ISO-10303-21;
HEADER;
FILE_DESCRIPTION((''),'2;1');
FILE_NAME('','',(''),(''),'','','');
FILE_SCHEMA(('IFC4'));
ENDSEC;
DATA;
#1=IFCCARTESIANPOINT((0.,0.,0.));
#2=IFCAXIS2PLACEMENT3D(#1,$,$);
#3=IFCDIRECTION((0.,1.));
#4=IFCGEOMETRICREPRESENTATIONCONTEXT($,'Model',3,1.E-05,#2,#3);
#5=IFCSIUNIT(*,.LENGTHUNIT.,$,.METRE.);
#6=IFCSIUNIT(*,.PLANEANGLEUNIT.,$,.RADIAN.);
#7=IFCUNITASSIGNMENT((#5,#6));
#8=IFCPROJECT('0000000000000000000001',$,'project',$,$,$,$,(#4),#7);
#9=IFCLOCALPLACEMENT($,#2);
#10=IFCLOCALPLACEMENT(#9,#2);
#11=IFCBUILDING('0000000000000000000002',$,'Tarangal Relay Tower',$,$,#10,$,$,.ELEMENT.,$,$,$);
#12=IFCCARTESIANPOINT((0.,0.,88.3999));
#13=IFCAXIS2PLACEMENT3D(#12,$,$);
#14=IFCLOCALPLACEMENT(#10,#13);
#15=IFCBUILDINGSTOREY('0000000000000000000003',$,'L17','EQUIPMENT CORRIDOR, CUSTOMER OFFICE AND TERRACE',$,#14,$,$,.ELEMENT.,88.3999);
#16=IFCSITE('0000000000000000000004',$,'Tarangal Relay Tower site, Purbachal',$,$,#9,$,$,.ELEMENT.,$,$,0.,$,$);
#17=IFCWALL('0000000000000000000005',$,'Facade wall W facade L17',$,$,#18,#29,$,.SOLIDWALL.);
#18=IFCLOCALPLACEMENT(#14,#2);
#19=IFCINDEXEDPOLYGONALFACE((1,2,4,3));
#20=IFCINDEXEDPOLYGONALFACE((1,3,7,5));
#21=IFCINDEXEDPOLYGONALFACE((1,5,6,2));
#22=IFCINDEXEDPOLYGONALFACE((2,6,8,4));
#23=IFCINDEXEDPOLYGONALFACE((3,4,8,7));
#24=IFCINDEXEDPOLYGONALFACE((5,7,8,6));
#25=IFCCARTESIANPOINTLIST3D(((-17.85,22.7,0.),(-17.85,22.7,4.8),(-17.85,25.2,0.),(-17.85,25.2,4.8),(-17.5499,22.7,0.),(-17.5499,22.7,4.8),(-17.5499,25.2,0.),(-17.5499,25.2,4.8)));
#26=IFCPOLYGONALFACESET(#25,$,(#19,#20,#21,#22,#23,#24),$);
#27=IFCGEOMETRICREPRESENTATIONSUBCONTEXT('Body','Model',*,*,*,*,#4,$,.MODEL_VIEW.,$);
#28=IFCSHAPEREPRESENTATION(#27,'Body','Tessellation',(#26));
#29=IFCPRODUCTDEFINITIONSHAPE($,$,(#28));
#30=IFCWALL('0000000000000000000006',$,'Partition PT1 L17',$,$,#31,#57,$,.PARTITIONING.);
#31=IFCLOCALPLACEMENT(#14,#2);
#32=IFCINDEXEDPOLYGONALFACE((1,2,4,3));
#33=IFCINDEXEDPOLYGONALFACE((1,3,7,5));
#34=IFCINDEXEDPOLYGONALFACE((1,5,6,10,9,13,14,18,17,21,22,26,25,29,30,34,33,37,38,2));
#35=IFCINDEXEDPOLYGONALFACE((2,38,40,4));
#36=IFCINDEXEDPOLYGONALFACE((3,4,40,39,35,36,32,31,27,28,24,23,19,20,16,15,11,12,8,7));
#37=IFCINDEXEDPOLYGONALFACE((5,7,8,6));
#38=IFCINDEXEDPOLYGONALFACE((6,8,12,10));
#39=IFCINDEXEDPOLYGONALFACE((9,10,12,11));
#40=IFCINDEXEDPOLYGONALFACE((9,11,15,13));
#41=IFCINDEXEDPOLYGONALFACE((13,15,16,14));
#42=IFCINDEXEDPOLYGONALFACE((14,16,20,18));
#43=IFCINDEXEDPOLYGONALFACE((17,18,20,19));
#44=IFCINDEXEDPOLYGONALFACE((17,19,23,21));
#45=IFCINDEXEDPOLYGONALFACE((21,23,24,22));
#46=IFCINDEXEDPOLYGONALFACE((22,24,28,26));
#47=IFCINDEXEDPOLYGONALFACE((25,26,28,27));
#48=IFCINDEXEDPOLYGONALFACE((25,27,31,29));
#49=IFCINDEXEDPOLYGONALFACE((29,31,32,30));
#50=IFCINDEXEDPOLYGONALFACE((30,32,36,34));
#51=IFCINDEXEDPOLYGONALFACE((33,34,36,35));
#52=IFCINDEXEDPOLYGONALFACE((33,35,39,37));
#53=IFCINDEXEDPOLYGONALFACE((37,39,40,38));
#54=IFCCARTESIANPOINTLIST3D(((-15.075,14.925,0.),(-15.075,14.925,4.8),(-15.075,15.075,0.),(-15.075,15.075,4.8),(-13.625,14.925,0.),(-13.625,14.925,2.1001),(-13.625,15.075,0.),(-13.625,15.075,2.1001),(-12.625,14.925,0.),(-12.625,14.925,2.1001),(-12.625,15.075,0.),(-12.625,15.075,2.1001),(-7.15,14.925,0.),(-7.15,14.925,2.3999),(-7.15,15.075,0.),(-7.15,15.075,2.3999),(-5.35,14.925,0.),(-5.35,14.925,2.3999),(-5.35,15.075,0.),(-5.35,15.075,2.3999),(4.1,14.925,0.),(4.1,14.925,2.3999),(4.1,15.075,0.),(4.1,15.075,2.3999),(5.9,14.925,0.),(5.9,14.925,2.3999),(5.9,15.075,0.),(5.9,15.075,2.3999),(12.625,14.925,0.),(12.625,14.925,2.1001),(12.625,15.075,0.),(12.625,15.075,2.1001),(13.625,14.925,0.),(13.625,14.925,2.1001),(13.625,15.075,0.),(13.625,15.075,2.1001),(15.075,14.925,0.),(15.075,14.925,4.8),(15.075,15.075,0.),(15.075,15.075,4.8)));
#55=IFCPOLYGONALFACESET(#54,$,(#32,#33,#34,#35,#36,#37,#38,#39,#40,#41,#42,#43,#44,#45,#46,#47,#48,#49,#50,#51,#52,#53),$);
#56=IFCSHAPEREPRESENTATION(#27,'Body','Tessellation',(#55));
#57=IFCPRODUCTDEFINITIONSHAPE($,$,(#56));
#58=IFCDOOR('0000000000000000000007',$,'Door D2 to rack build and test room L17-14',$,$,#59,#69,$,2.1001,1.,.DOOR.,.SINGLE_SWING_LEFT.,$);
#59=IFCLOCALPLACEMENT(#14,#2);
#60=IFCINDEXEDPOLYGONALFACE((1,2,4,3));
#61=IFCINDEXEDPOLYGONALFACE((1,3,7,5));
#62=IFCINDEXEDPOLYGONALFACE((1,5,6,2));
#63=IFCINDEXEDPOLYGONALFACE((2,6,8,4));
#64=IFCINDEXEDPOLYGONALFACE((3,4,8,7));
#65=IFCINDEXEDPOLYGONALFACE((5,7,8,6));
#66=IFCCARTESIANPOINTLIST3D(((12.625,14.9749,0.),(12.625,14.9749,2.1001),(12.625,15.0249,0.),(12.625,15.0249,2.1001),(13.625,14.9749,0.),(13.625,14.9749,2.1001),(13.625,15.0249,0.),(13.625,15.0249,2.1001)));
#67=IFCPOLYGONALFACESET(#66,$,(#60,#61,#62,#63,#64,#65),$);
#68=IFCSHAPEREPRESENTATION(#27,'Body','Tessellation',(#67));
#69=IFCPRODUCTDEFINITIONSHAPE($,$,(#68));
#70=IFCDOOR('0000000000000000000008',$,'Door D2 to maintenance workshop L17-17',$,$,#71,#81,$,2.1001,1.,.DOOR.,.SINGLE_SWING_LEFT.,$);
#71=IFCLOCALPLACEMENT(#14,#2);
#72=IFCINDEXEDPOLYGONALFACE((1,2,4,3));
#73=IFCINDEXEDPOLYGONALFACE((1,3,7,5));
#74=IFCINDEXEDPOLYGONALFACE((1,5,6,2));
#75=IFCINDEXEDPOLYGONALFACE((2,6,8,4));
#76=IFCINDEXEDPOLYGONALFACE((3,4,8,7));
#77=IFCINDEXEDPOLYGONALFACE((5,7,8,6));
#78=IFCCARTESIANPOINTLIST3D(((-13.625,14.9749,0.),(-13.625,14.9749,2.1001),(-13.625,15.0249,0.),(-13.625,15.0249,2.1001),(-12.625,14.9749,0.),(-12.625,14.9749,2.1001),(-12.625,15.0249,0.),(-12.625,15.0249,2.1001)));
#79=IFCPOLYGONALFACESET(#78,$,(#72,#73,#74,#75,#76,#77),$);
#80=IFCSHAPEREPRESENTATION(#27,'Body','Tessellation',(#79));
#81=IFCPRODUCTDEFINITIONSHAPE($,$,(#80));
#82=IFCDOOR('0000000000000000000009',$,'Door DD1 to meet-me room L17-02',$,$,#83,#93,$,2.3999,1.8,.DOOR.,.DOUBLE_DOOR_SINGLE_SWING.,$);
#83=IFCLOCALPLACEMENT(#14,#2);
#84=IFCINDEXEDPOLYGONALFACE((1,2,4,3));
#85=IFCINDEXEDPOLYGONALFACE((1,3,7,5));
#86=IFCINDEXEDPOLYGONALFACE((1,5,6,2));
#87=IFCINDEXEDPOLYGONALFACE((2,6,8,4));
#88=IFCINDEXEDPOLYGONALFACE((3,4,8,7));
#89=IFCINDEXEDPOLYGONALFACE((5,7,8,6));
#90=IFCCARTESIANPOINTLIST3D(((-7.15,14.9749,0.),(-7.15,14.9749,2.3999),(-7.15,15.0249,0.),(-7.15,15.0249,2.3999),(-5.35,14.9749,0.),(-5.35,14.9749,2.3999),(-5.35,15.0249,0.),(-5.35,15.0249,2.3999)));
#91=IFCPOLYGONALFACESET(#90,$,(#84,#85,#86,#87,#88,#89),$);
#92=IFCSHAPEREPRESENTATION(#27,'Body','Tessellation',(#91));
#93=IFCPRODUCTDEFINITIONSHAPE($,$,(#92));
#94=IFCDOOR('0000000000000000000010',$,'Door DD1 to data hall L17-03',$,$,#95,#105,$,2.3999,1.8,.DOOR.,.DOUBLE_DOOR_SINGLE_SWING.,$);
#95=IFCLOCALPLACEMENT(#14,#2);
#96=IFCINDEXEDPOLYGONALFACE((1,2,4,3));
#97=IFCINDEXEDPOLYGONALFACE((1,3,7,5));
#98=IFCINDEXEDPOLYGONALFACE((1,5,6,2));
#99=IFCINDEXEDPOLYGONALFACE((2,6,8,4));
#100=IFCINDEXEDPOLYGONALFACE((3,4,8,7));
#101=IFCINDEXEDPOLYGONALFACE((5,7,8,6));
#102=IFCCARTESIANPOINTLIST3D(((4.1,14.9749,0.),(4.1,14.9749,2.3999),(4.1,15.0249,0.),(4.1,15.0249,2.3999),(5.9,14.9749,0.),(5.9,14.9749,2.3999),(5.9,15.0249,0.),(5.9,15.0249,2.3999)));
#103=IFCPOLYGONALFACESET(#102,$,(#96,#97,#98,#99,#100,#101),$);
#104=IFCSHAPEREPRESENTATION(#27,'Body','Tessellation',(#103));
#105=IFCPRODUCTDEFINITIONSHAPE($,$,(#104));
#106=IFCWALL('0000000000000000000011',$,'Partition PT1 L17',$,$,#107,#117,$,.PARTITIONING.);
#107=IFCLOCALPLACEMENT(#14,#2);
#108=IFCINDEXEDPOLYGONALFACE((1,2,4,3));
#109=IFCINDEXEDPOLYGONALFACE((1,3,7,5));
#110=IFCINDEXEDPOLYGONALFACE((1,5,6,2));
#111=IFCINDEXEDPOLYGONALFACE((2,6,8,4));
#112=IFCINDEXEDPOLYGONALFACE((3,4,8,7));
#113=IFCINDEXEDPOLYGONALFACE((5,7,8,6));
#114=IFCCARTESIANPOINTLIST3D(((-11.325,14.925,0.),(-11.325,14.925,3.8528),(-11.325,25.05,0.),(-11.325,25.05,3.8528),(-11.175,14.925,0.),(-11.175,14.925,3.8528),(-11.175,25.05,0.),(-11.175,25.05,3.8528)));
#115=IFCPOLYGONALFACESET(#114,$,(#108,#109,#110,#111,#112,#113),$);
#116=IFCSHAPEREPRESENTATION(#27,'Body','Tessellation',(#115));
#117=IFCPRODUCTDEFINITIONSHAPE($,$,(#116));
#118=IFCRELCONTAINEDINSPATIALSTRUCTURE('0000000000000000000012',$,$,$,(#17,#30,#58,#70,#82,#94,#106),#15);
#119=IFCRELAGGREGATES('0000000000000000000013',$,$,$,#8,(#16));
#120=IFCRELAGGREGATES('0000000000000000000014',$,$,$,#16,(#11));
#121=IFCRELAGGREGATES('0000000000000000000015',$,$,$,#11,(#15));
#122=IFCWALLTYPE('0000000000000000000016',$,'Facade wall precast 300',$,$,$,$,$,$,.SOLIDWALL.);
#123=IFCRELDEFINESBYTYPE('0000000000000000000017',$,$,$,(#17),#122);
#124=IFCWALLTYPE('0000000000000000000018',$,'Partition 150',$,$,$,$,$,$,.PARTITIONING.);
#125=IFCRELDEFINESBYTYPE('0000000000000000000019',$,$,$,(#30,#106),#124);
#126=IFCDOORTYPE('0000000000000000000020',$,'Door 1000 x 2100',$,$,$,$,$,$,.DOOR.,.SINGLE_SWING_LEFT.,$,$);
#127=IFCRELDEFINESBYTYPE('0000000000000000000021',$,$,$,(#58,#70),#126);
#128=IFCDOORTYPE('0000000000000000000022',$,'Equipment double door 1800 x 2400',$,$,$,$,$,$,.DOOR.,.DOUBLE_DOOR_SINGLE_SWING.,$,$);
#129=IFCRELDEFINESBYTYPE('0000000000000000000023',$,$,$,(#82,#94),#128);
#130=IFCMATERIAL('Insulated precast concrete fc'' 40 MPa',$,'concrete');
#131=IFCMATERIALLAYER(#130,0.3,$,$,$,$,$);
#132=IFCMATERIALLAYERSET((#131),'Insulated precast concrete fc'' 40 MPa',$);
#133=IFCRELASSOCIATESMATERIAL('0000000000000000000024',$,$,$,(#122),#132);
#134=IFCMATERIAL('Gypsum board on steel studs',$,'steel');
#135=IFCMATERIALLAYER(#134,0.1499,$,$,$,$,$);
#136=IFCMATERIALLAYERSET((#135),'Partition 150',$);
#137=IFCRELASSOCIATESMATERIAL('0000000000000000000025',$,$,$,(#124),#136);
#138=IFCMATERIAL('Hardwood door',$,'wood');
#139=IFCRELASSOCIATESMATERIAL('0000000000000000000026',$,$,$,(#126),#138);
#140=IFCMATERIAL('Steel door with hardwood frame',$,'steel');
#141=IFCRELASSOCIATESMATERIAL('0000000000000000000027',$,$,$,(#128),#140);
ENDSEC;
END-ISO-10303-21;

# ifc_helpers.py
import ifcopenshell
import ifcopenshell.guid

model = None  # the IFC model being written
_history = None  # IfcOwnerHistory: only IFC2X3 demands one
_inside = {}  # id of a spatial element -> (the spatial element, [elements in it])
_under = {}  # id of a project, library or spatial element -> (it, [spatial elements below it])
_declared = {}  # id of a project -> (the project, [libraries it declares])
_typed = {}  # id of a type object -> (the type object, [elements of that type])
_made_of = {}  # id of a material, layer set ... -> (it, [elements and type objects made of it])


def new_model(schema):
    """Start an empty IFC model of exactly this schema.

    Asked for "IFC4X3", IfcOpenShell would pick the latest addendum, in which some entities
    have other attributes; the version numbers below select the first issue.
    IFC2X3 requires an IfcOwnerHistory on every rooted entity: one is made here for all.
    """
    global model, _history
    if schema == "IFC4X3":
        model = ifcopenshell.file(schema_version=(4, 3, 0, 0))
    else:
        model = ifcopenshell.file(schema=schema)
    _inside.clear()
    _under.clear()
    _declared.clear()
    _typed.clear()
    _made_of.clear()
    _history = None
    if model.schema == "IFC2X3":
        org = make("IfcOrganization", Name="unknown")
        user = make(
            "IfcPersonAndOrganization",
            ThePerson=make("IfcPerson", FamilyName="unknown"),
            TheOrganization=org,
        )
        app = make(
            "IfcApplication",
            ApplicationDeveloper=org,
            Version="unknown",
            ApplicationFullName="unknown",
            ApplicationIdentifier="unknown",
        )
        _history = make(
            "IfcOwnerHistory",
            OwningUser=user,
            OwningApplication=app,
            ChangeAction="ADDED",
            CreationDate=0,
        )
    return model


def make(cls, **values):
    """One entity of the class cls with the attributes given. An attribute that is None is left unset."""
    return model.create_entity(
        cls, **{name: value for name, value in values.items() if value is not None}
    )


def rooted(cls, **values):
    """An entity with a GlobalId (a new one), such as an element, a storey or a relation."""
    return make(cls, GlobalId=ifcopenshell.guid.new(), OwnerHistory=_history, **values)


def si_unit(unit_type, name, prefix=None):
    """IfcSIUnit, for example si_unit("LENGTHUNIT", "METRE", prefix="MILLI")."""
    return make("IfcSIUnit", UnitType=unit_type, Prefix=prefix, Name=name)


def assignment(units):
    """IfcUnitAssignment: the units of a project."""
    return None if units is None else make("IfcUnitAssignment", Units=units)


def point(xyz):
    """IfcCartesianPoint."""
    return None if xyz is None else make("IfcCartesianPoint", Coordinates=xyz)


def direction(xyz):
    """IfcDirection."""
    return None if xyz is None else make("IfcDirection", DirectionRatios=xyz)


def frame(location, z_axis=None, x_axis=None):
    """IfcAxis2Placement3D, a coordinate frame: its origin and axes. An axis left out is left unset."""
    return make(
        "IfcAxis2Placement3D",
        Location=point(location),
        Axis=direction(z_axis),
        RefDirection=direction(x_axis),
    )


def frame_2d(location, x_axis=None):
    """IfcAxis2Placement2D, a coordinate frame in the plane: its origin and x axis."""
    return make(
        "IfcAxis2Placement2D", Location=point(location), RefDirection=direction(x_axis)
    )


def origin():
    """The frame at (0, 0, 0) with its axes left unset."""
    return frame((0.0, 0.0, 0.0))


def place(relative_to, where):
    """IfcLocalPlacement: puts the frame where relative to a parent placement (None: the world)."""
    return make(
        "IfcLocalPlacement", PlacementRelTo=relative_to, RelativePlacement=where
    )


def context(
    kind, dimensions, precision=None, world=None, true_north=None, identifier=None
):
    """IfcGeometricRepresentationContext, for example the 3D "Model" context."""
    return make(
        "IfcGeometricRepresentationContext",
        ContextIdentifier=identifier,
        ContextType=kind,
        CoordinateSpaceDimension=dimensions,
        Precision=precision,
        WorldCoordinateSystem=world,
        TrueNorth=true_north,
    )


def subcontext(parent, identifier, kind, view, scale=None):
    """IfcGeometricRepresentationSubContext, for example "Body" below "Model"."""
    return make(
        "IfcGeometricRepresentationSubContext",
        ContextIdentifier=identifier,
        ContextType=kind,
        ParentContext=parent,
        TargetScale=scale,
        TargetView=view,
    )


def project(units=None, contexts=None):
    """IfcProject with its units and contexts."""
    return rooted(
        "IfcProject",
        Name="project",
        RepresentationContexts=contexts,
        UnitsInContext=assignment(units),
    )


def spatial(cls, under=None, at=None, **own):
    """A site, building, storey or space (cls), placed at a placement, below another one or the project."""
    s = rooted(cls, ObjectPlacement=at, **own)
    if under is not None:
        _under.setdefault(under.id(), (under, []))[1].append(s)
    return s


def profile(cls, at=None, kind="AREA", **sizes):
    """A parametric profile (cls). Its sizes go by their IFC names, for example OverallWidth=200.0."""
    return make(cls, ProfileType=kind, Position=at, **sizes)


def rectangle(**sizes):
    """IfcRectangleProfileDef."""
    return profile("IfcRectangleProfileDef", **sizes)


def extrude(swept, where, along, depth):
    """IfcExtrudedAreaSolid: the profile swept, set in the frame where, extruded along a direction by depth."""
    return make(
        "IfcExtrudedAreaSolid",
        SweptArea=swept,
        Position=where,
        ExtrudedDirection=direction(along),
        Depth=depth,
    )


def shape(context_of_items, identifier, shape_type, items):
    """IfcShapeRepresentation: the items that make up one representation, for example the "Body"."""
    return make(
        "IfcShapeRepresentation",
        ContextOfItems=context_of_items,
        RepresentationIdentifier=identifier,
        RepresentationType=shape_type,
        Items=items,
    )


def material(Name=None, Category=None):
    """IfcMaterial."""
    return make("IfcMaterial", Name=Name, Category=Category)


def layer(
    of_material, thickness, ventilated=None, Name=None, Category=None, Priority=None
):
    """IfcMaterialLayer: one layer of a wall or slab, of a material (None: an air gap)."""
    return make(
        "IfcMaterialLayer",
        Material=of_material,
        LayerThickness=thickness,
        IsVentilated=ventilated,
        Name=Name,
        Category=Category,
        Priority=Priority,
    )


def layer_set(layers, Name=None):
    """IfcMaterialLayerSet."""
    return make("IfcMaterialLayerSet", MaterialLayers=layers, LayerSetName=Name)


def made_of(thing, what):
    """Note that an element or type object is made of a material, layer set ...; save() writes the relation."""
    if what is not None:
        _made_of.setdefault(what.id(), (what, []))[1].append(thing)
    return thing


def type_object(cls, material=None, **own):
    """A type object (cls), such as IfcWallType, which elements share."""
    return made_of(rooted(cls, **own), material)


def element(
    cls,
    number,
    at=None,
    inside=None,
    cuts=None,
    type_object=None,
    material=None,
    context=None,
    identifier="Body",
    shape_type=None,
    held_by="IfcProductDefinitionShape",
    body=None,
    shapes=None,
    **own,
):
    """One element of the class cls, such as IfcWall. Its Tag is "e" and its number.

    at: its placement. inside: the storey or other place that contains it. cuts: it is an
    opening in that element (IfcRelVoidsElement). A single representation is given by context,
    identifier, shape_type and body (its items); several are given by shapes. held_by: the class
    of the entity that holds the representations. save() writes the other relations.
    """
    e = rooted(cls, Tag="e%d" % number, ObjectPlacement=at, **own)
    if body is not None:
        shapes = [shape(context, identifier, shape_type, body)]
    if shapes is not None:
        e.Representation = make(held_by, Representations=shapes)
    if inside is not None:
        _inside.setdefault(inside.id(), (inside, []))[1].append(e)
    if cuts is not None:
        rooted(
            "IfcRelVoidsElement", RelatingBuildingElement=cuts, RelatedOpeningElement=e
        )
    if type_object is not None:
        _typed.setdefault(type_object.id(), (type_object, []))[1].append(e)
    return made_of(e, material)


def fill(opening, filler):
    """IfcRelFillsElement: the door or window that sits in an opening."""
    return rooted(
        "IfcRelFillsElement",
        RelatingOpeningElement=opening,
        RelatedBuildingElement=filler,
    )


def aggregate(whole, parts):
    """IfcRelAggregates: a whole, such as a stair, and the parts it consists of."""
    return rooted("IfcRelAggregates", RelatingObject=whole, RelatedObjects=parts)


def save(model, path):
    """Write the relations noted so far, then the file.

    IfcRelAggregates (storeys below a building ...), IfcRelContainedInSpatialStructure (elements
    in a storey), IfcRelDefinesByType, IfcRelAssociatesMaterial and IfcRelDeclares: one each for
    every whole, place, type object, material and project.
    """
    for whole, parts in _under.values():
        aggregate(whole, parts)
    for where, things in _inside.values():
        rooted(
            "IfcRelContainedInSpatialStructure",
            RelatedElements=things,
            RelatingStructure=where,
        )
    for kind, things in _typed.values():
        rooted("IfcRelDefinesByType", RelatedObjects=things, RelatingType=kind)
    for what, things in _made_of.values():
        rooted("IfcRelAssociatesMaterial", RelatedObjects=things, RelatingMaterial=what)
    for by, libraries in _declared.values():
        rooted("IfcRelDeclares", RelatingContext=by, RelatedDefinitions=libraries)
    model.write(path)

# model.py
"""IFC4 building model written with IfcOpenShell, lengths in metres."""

from ifc_helpers import new_model, si_unit, direction, frame, frame_2d, origin, place, context, subcontext, project, spatial, rectangle, extrude, material, layer, layer_set, type_object, element, fill, save


model = new_model("IFC4")

# Units and contexts
model_context = context("Model", 3, precision=1e-05, world=origin(), true_north=direction((0.0, 1.0)))
body_context = subcontext(model_context, "Body", "Model", "MODEL_VIEW")
ifc_project = project(units=[si_unit("LENGTHUNIT", "METRE"), si_unit("PLANEANGLEUNIT", "RADIAN")], contexts=[model_context])

# Site, building, storey
site_placement = place(None, origin())
site = spatial("IfcSite", under=ifc_project, at=site_placement, Name="Tarangal Relay Tower site, Purbachal", CompositionType="ELEMENT", RefElevation=0.0)
building_placement = place(site_placement, origin())
building = spatial("IfcBuilding", under=site, at=building_placement, Name="Tarangal Relay Tower", CompositionType="ELEMENT")
storey_placement = place(building_placement, frame((0.0, 0.0, 88.3999)))
storey = spatial("IfcBuildingStorey", under=building, at=storey_placement, Name="L17", Description="EQUIPMENT CORRIDOR, CUSTOMER OFFICE AND TERRACE", CompositionType="ELEMENT", Elevation=88.3999)

# Shared definitions
ifc_material_1 = material(Name="Insulated precast concrete fc' 40 MPa", Category="concrete")
ifc_layer_1 = layer(ifc_material_1, 0.3)
ifc_layer_set_1 = layer_set([ifc_layer_1], Name="Insulated precast concrete fc' 40 MPa")
wall_type_1 = type_object("IfcWallType", Name="Facade wall precast 300", PredefinedType="SOLIDWALL", material=ifc_layer_set_1)

# Wall
for number, where, z_axis, x_axis, name in (
    (1, (-17.7, 22.7, 0.0), (0.0, 0.0, 1.0), (0.0, 1.0, 0.0), "Facade wall W facade L17"),
):
    element("IfcWall", number, at=place(storey_placement, frame(where, z_axis=z_axis, x_axis=x_axis)), inside=storey, type_object=wall_type_1, Name=name, PredefinedType="SOLIDWALL", context=body_context, shape_type="SweptSolid", body=[
        extrude(rectangle(XDim=2.5, YDim=0.3, at=frame_2d((1.25, 0.0))), origin(), (0.0, 0.0, 1.0), 4.8),
    ])

# Wall, openings, doors
ifc_material_2 = material(Name="Gypsum board on steel studs", Category="steel")
ifc_layer_2 = layer(ifc_material_2, 0.1499)
ifc_layer_set_2 = layer_set([ifc_layer_2], Name="Partition 150")
wall_type_2 = type_object("IfcWallType", Name="Partition 150", PredefinedType="PARTITIONING", material=ifc_layer_set_2)
wall_1_placement = place(storey_placement, frame((-15.075, 15.0, 0.0), z_axis=(0.0, 0.0, 1.0), x_axis=(1.0, 0.0, 0.0)))
wall_1 = element("IfcWall", 2, at=wall_1_placement, inside=storey, type_object=wall_type_2, Name="Partition PT1 L17", PredefinedType="PARTITIONING", context=body_context, shape_type="SweptSolid", body=[
    extrude(rectangle(XDim=30.1499, YDim=0.1499, at=frame_2d((15.075, 0.0))), origin(), (0.0, 0.0, 1.0), 4.8),
])
opening_1_placement = place(wall_1_placement, frame((7.925, 0.0, 0.0)))
opening_1 = element("IfcOpeningElement", 3, at=opening_1_placement, cuts=wall_1, PredefinedType="OPENING", context=body_context, shape_type="SweptSolid", body=[
    extrude(rectangle(XDim=1.8, YDim=2.3999, at=frame_2d((0.8999, 1.2))), frame((0.0, 0.085, 0.0), z_axis=(0.0, -1.0, 0.0), x_axis=(1.0, 0.0, 0.0)), (0.0, 0.0, 1.0), 0.1699),
])
opening_2_placement = place(wall_1_placement, frame((19.175, 0.0, 0.0)))
opening_2 = element("IfcOpeningElement", 4, at=opening_2_placement, cuts=wall_1, PredefinedType="OPENING", context=body_context, shape_type="SweptSolid", body=[
    extrude(rectangle(XDim=1.8, YDim=2.3999, at=frame_2d((0.8999, 1.2))), frame((0.0, 0.085, 0.0), z_axis=(0.0, -1.0, 0.0), x_axis=(1.0, 0.0, 0.0)), (0.0, 0.0, 1.0), 0.1699),
])
opening_3_placement = place(wall_1_placement, frame((27.7, 0.0, 0.0)))
opening_3 = element("IfcOpeningElement", 5, at=opening_3_placement, cuts=wall_1, PredefinedType="OPENING", context=body_context, shape_type="SweptSolid", body=[
    extrude(rectangle(XDim=1.0, YDim=2.1001, at=frame_2d((0.5, 1.05))), frame((0.0, 0.085, 0.0), z_axis=(0.0, -1.0, 0.0), x_axis=(1.0, 0.0, 0.0)), (0.0, 0.0, 1.0), 0.1699),
])
opening_4_placement = place(wall_1_placement, frame((1.45, 0.0, 0.0)))
opening_4 = element("IfcOpeningElement", 6, at=opening_4_placement, cuts=wall_1, PredefinedType="OPENING", context=body_context, shape_type="SweptSolid", body=[
    extrude(rectangle(XDim=1.0, YDim=2.1001, at=frame_2d((0.5, 1.05))), frame((0.0, 0.085, 0.0), z_axis=(0.0, -1.0, 0.0), x_axis=(1.0, 0.0, 0.0)), (0.0, 0.0, 1.0), 0.1699),
])
ifc_material_3 = material(Name="Hardwood door", Category="wood")
door_type_1 = type_object("IfcDoorType", Name="Door 1000 x 2100", OperationType="SINGLE_SWING_LEFT", PredefinedType="DOOR", material=ifc_material_3)
door_1_placement = place(opening_3_placement, origin())
door_1 = element("IfcDoor", 7, at=door_1_placement, inside=storey, type_object=door_type_1, Name="Door D2 to rack build and test room L17-14", OperationType="SINGLE_SWING_LEFT", OverallHeight=2.1001, OverallWidth=1.0, PredefinedType="DOOR", context=body_context, shape_type="SweptSolid", body=[
    extrude(rectangle(XDim=1.0, YDim=2.1001, at=frame_2d((0.5, 1.05))), frame((0.0, 0.0249, 0.0), z_axis=(0.0, -1.0, 0.0), x_axis=(1.0, 0.0, 0.0)), (0.0, 0.0, 1.0), 0.05),
])
fill(opening_3, door_1)
door_2_placement = place(opening_4_placement, origin())
door_2 = element("IfcDoor", 8, at=door_2_placement, inside=storey, type_object=door_type_1, Name="Door D2 to maintenance workshop L17-17", OperationType="SINGLE_SWING_LEFT", OverallHeight=2.1001, OverallWidth=1.0, PredefinedType="DOOR", context=body_context, shape_type="SweptSolid", body=[
    extrude(rectangle(XDim=1.0, YDim=2.1001, at=frame_2d((0.5, 1.05))), frame((0.0, 0.0249, 0.0), z_axis=(0.0, -1.0, 0.0), x_axis=(1.0, 0.0, 0.0)), (0.0, 0.0, 1.0), 0.05),
])
fill(opening_4, door_2)
ifc_material_4 = material(Name="Steel door with hardwood frame", Category="steel")
door_type_2 = type_object("IfcDoorType", Name="Equipment double door 1800 x 2400", OperationType="DOUBLE_DOOR_SINGLE_SWING", PredefinedType="DOOR", material=ifc_material_4)
door_3_placement = place(opening_1_placement, origin())
door_3 = element("IfcDoor", 9, at=door_3_placement, inside=storey, type_object=door_type_2, Name="Door DD1 to meet-me room L17-02", OperationType="DOUBLE_DOOR_SINGLE_SWING", OverallHeight=2.3999, OverallWidth=1.8, PredefinedType="DOOR", context=body_context, shape_type="SweptSolid", body=[
    extrude(rectangle(XDim=1.8, YDim=2.3999, at=frame_2d((0.8999, 1.2))), frame((0.0, 0.0249, 0.0), z_axis=(0.0, -1.0, 0.0), x_axis=(1.0, 0.0, 0.0)), (0.0, 0.0, 1.0), 0.05),
])
fill(opening_1, door_3)
door_4_placement = place(opening_2_placement, origin())
door_4 = element("IfcDoor", 10, at=door_4_placement, inside=storey, type_object=door_type_2, Name="Door DD1 to data hall L17-03", OperationType="DOUBLE_DOOR_SINGLE_SWING", OverallHeight=2.3999, OverallWidth=1.8, PredefinedType="DOOR", context=body_context, shape_type="SweptSolid", body=[
    extrude(rectangle(XDim=1.8, YDim=2.3999, at=frame_2d((0.8999, 1.2))), frame((0.0, 0.0249, 0.0), z_axis=(0.0, -1.0, 0.0), x_axis=(1.0, 0.0, 0.0)), (0.0, 0.0, 1.0), 0.05),
])
fill(opening_2, door_4)

# Wall
wall_2_placement = place(storey_placement, frame((-11.25, 14.925, 0.0), z_axis=(0.0, 0.0, 1.0), x_axis=(0.0, 1.0, 0.0)))
element("IfcWall", 11, at=wall_2_placement, inside=storey, type_object=wall_type_2, Name="Partition PT1 L17", PredefinedType="PARTITIONING", context=body_context, shape_type="SweptSolid", body=[
    extrude(rectangle(XDim=10.125, YDim=0.1499, at=frame_2d((5.0625, 0.0))), origin(), (0.0, 0.0, 1.0), 3.8528),
])

save(model, "model.ifc")
